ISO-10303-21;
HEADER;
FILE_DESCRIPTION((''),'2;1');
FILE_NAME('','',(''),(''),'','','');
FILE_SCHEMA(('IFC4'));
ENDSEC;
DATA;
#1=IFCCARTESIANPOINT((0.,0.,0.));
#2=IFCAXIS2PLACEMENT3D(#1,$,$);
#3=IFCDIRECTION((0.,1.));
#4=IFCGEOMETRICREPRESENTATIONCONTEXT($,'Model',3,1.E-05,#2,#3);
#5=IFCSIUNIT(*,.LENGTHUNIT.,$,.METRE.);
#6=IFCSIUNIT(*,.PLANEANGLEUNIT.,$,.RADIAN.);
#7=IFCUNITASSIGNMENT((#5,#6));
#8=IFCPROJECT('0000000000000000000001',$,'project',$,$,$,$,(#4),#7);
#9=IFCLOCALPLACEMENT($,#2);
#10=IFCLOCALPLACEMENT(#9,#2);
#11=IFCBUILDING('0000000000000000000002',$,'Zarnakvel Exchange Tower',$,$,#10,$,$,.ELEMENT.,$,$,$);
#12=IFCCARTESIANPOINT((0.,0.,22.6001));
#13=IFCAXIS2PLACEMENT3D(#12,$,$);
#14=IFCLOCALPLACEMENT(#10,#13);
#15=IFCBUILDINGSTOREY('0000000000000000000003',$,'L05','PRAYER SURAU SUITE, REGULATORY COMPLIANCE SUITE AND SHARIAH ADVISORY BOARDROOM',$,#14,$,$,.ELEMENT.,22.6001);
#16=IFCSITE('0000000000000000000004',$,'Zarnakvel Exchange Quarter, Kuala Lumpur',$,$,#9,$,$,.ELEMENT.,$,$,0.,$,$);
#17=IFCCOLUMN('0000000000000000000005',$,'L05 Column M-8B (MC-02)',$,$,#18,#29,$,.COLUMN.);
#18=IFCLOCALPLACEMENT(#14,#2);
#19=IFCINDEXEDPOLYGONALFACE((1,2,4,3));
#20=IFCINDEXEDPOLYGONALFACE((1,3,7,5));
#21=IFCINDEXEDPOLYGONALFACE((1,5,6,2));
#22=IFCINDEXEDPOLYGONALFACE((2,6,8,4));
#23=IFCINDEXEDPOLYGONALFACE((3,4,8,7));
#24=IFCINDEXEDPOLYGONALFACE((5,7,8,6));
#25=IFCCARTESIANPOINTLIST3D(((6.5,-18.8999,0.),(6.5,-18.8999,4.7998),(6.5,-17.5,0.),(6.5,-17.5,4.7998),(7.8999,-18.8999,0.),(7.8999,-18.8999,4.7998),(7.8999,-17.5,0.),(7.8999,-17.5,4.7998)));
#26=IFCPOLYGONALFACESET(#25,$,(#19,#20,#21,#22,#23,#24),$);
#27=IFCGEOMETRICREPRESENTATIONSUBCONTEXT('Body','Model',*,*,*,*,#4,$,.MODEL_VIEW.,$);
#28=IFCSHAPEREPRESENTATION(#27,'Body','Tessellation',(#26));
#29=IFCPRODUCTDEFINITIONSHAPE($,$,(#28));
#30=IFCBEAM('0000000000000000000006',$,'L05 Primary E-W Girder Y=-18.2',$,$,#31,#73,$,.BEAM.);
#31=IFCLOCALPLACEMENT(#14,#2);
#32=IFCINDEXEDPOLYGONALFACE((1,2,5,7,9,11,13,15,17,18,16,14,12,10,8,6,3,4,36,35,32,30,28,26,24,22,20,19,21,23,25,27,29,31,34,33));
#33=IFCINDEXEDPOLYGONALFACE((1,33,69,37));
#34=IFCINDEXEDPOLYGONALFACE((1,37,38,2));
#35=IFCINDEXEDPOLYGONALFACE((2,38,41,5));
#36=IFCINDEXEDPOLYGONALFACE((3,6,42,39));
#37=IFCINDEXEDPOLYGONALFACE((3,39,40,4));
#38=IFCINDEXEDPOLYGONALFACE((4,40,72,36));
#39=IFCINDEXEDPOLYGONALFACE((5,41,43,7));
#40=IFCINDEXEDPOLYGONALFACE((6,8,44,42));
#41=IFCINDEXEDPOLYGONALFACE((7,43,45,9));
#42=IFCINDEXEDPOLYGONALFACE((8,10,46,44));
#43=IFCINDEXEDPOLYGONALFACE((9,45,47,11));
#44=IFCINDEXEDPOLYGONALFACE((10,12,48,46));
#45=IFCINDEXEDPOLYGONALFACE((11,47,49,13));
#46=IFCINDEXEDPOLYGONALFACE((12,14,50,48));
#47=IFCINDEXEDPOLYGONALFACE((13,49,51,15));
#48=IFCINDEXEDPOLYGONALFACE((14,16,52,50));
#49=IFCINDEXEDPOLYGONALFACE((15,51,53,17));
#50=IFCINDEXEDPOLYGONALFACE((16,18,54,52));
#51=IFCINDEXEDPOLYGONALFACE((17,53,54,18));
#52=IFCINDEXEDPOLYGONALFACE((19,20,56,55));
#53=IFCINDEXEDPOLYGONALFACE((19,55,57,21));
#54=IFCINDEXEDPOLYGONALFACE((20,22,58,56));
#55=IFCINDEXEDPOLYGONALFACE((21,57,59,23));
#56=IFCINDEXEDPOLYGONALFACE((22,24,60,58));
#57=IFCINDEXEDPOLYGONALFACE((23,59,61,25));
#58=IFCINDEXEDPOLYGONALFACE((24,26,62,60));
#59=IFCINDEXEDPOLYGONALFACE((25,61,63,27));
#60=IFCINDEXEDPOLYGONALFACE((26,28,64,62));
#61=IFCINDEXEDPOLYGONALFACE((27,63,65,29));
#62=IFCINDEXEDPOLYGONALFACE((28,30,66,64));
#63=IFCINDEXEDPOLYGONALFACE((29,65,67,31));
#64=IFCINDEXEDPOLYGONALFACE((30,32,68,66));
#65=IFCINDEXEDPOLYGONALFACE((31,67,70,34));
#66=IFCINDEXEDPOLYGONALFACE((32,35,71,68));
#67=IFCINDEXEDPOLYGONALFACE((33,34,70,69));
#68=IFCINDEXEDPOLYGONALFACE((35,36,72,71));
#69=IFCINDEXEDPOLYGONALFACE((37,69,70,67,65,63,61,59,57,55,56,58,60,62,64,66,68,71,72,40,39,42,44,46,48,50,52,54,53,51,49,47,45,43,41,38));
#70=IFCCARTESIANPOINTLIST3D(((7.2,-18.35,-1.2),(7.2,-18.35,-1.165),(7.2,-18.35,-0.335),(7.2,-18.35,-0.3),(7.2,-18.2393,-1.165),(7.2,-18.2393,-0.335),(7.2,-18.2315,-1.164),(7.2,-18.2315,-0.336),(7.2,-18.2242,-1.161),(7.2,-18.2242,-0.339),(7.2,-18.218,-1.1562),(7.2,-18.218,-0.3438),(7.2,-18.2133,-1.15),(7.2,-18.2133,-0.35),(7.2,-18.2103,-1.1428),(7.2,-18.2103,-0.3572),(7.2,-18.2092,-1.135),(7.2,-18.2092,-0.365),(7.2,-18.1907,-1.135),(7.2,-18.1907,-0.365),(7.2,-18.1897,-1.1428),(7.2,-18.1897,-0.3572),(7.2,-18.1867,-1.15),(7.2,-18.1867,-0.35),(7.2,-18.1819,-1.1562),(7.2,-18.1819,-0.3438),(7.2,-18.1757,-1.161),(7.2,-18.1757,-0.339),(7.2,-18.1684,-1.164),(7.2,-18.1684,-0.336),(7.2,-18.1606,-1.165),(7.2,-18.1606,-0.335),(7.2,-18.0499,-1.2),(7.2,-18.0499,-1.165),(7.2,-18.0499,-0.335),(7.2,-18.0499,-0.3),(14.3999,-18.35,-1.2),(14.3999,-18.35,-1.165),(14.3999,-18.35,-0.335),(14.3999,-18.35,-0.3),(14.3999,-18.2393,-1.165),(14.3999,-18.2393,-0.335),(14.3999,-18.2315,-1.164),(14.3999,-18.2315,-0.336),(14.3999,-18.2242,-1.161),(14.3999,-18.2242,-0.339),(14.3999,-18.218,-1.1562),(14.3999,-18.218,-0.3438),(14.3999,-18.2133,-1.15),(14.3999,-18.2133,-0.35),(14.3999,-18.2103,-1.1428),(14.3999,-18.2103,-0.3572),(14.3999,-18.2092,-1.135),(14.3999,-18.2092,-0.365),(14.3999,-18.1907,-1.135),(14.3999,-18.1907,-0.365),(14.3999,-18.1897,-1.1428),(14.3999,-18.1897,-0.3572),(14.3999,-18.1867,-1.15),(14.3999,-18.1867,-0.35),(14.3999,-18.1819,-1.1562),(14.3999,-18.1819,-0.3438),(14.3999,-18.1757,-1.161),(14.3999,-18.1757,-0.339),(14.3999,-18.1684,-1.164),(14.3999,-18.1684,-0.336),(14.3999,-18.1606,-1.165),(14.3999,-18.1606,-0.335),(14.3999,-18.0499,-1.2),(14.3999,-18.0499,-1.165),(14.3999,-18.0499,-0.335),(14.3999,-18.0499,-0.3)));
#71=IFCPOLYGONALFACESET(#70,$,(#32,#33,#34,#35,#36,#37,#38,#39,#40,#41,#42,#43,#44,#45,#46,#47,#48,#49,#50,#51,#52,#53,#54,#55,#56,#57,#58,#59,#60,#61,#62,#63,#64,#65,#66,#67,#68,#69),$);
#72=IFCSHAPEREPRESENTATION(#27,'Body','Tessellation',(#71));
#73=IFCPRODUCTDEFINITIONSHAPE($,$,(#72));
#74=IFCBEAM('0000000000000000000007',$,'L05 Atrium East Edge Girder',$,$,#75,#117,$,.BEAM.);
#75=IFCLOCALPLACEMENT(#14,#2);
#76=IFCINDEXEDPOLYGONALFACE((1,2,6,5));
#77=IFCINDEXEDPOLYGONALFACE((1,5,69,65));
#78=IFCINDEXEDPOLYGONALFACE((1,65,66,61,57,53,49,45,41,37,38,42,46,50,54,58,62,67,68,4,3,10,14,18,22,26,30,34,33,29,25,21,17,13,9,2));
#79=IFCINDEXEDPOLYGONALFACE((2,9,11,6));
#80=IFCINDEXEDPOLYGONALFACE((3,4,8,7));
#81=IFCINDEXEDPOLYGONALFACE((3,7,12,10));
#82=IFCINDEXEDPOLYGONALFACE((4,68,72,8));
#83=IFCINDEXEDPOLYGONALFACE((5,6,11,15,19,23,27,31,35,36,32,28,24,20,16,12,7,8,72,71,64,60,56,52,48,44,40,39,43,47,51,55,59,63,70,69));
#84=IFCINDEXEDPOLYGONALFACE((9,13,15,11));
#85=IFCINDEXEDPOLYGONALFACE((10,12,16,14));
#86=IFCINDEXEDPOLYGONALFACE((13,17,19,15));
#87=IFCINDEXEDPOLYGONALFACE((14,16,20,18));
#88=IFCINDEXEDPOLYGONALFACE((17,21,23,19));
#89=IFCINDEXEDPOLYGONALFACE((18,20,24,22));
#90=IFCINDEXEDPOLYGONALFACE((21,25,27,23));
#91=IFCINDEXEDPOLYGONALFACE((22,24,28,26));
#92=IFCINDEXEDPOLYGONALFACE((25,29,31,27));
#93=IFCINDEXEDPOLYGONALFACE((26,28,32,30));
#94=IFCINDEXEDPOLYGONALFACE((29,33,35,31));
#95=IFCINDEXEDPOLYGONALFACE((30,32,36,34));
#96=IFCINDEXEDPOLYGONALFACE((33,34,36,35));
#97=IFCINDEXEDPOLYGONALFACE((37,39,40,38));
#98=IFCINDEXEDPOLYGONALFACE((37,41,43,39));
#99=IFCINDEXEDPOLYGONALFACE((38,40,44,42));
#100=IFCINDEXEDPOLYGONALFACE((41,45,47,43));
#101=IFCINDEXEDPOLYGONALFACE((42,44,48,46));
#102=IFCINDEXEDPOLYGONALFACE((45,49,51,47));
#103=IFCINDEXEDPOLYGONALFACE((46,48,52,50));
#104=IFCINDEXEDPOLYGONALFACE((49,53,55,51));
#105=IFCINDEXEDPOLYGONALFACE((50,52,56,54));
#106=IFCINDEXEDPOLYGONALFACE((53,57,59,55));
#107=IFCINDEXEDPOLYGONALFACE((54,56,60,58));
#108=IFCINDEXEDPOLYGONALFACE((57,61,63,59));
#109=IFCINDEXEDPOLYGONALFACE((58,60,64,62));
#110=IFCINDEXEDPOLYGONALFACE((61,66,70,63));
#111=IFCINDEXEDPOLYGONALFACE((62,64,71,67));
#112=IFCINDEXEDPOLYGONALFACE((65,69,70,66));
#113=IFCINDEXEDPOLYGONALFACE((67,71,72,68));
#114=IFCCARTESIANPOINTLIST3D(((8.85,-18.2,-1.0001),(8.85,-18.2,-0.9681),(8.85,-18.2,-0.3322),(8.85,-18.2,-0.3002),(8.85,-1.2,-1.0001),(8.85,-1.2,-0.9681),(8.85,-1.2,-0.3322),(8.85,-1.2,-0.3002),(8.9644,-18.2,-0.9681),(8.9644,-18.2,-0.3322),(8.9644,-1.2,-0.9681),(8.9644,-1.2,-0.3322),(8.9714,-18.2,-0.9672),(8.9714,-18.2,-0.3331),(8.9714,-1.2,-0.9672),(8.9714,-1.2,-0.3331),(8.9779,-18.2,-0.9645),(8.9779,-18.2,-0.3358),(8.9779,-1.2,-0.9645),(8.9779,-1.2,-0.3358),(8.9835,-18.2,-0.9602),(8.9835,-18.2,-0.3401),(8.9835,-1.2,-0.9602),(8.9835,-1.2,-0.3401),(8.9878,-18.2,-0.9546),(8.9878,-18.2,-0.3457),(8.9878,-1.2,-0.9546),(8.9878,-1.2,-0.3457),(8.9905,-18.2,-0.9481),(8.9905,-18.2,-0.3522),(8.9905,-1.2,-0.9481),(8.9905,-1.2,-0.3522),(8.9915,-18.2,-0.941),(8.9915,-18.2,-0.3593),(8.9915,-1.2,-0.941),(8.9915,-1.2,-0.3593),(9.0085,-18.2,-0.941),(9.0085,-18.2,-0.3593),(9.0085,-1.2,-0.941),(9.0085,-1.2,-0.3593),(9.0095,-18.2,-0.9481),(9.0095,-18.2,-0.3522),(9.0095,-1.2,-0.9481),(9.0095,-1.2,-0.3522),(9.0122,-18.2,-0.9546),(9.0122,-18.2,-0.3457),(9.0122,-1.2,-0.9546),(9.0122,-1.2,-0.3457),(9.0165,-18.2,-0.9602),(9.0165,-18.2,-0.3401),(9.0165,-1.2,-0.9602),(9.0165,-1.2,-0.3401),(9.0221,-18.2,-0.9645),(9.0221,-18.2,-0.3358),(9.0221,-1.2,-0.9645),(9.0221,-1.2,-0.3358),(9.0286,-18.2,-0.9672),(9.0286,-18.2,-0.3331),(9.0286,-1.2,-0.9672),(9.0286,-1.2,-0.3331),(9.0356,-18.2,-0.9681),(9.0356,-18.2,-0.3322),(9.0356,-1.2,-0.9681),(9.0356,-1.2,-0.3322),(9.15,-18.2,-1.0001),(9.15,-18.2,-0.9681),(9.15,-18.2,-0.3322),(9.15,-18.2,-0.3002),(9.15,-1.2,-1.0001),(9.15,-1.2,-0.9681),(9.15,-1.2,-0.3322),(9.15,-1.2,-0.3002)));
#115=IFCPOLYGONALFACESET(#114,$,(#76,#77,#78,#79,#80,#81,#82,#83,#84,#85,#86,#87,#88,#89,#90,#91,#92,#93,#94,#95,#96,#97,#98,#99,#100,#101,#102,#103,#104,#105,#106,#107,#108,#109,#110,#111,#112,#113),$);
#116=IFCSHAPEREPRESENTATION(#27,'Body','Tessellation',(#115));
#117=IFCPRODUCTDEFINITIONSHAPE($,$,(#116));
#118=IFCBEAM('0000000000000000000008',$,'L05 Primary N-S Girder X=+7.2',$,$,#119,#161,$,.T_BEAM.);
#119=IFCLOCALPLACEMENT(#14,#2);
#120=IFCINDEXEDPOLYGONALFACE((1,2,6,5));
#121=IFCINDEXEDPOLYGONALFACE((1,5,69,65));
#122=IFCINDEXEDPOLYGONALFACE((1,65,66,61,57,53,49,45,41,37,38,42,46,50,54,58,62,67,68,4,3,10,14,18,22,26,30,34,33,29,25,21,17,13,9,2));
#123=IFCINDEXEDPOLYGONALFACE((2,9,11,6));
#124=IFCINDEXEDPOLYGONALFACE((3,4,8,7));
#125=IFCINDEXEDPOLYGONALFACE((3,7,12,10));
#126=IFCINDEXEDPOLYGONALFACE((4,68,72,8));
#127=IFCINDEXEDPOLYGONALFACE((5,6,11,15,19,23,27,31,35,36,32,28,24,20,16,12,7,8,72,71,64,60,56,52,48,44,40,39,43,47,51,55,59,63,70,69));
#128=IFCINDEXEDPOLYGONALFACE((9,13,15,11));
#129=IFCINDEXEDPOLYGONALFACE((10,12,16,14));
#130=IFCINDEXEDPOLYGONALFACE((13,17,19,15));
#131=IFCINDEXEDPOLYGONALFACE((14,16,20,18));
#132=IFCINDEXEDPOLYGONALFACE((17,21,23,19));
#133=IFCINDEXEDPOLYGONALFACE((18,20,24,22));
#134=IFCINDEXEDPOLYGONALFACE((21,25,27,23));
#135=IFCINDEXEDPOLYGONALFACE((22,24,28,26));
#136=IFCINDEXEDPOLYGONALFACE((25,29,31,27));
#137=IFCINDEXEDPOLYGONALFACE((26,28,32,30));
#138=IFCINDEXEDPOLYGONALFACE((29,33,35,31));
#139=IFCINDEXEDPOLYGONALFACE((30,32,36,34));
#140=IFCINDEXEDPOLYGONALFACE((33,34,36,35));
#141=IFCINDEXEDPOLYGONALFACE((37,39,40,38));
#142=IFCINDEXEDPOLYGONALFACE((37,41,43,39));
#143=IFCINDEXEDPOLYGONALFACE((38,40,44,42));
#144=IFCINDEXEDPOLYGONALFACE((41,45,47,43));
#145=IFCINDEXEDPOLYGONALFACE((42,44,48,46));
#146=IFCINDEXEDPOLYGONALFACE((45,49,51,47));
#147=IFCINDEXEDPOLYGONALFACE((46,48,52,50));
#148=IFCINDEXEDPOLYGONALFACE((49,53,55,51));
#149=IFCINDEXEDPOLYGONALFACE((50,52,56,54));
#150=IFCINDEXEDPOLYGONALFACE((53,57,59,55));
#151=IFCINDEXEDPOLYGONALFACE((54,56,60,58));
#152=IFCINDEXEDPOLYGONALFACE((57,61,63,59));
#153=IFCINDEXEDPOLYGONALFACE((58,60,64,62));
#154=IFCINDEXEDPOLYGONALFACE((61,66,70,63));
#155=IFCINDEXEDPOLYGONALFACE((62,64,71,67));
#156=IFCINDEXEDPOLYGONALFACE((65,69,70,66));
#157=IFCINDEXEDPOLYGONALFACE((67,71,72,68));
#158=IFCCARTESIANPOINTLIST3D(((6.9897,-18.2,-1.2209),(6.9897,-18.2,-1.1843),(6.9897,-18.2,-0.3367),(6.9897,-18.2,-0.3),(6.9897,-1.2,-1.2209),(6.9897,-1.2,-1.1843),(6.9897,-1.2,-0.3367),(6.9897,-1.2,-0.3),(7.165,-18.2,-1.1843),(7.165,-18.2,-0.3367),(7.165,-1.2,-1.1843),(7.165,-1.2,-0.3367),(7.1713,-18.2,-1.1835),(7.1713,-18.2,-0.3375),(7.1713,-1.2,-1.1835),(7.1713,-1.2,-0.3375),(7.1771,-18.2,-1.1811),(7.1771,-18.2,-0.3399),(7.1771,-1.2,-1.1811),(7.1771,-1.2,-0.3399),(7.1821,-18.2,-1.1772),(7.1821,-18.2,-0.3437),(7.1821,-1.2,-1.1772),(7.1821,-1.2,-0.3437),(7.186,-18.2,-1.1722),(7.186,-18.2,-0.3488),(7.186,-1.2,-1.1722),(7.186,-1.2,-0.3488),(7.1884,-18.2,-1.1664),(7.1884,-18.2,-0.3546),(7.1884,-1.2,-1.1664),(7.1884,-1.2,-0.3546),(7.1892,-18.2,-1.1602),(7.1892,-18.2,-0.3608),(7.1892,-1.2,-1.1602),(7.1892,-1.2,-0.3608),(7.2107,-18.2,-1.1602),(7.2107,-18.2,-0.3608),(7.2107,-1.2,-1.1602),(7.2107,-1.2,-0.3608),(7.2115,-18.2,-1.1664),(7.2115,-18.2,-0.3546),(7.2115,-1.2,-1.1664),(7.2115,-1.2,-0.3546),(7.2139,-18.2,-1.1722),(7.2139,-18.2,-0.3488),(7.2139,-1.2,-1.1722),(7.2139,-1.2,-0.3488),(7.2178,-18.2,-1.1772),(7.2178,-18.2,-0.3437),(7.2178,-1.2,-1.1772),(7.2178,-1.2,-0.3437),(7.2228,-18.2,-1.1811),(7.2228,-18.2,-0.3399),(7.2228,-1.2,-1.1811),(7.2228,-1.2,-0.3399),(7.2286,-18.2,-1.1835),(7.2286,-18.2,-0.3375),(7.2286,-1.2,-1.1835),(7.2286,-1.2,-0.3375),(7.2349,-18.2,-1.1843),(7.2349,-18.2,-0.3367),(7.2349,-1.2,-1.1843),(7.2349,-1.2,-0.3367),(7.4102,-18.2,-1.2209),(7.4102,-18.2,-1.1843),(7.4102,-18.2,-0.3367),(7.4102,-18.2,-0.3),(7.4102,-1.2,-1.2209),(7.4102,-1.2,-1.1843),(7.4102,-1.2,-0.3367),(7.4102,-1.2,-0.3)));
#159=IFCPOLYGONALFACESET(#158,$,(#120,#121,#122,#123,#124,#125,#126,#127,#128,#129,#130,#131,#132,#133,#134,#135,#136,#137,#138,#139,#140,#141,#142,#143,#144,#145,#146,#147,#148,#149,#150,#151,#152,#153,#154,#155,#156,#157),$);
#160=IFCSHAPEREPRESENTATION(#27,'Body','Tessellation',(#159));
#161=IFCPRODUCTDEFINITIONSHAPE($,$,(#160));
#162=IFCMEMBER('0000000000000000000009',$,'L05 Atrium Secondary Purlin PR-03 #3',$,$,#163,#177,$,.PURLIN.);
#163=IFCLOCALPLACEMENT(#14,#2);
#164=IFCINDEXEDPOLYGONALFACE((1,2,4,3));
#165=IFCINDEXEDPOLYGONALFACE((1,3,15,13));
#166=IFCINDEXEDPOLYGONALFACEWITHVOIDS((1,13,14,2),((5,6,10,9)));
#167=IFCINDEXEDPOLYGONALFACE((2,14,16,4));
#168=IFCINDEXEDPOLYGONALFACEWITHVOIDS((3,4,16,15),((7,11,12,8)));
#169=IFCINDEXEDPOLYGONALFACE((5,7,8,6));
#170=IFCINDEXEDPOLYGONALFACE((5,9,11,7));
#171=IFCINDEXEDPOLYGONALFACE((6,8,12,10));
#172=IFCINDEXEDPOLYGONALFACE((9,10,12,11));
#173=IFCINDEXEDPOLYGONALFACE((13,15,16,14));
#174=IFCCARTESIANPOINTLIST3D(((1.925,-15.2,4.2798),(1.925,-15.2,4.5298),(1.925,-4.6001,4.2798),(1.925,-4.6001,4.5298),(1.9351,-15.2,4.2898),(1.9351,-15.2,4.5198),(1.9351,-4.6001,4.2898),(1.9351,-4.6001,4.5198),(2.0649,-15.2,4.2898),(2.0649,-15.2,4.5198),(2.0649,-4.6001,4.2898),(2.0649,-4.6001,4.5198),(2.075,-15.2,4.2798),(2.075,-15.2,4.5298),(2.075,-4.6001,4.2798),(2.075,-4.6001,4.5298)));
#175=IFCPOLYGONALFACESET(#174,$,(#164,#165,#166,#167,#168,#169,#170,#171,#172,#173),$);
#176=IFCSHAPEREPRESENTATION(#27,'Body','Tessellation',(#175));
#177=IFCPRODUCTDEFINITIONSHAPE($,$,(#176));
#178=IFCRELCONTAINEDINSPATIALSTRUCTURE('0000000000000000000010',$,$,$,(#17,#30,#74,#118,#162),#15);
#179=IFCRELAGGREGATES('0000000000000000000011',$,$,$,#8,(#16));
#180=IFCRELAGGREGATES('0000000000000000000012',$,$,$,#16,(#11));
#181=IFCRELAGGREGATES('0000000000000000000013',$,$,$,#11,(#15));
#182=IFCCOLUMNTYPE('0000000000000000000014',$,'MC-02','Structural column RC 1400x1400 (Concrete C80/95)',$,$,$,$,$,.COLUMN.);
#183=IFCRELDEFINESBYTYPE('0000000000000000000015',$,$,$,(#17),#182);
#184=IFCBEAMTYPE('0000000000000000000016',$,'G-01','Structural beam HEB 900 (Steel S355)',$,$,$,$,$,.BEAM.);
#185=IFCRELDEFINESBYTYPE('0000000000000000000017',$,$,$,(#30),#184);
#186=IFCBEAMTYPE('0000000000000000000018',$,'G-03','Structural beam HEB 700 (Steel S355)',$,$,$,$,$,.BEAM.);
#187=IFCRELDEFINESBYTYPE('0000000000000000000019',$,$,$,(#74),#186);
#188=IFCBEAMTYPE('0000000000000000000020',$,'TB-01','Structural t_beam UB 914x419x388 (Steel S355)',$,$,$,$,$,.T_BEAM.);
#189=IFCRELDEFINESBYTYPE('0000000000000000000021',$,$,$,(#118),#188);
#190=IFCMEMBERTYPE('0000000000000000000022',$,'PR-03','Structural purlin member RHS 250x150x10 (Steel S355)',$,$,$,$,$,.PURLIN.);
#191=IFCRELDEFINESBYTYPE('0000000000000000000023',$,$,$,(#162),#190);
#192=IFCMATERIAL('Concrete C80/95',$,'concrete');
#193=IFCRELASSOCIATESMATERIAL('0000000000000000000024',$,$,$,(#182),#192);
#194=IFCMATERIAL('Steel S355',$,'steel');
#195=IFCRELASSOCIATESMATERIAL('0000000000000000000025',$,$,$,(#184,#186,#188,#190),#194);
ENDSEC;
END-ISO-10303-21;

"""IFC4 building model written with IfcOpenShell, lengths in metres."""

from ifc_helpers import new_model, si_unit, direction, frame, origin, origin_2d, place, context, subcontext, project, spatial, rectangle, hollow_rectangle, i_section, extrude, source, transform, mapped, material, material_profile, profile_set, type_object, element, save


model = new_model("IFC4")

# Units and contexts
model_context = context("Model", 3, precision=1e-05, world=origin(), true_north=direction((0.0, 1.0)))
body_context = subcontext(model_context, "Body", "Model", "MODEL_VIEW")
ifc_project = project(units=[si_unit("LENGTHUNIT", "METRE"), si_unit("PLANEANGLEUNIT", "RADIAN")], contexts=[model_context])

# Site, building, storey
site_placement = place(None, origin())
site = spatial("IfcSite", under=ifc_project, at=site_placement, Name="Zarnakvel Exchange Quarter, Kuala Lumpur", CompositionType="ELEMENT", RefElevation=0.0)
building_placement = place(site_placement, origin())
building = spatial("IfcBuilding", under=site, at=building_placement, Name="Zarnakvel Exchange Tower", CompositionType="ELEMENT")
storey_placement = place(building_placement, frame((0.0, 0.0, 22.6001)))
storey = spatial("IfcBuildingStorey", under=building, at=storey_placement, Name="L05", Description="PRAYER SURAU SUITE, REGULATORY COMPLIANCE SUITE AND SHARIAH ADVISORY BOARDROOM", CompositionType="ELEMENT", Elevation=22.6001)

# Column
ifc_material_1 = material(Name="Concrete C80/95", Category="concrete")
ifc_material_profile_1 = material_profile(ifc_material_1, rectangle(XDim=1.3999, YDim=1.3999, at=origin_2d()))
ifc_profile_set_1 = profile_set([ifc_material_profile_1], Name="Concrete C80/95")
column_type = type_object("IfcColumnType", Name="MC-02", Description="Structural column RC 1400x1400 (Concrete C80/95)", PredefinedType="COLUMN", material=ifc_profile_set_1)
column_placement = place(storey_placement, frame((7.2, -18.2, 0.0), z_axis=(0.0, 0.0, 1.0), x_axis=(1.0, 0.0, 0.0)))
element("IfcColumn", 1, at=column_placement, inside=storey, type_object=column_type, Name="L05 Column M-8B (MC-02)", PredefinedType="COLUMN", context=body_context, shape_type="SweptSolid", body=[
    extrude(rectangle(XDim=1.3999, YDim=1.3999, at=origin_2d()), origin(), (0.0, 0.0, 1.0), 4.7998),
])

# Beams
ifc_material_2 = material(Name="Steel S355", Category="steel")
ifc_material_profile_2 = material_profile(ifc_material_2, i_section(OverallWidth=0.3, OverallDepth=0.8999, WebThickness=0.0186, FlangeThickness=0.0349, FilletRadius=0.03, at=origin_2d()))
ifc_profile_set_2 = profile_set([ifc_material_profile_2], Name="Steel S355")
beam_type_1 = type_object("IfcBeamType", Name="G-01", Description="Structural beam HEB 900 (Steel S355)", PredefinedType="BEAM", material=ifc_profile_set_2)
beam_1_placement = place(storey_placement, frame((7.2, -18.2, -0.75), z_axis=(1.0, 0.0, 0.0), x_axis=(0.0, 1.0, 0.0)))
element("IfcBeam", 2, at=beam_1_placement, inside=storey, type_object=beam_type_1, Name="L05 Primary E-W Girder Y=-18.2", PredefinedType="BEAM", context=body_context, shape_type="SweptSolid", body=[
    extrude(i_section(OverallWidth=0.3, OverallDepth=0.8999, WebThickness=0.0186, FlangeThickness=0.0349, FilletRadius=0.03, at=origin_2d()), origin(), (0.0, 0.0, 1.0), 7.2),
])
ifc_material_profile_3 = material_profile(ifc_material_2, i_section(OverallWidth=0.3, OverallDepth=0.7, WebThickness=0.0171, FlangeThickness=0.032, FilletRadius=0.0271, at=origin_2d()))
ifc_profile_set_3 = profile_set([ifc_material_profile_3], Name="Steel S355")
beam_type_2 = type_object("IfcBeamType", Name="G-03", Description="Structural beam HEB 700 (Steel S355)", PredefinedType="BEAM", material=ifc_profile_set_3)
beam_2_placement = place(storey_placement, frame((9.0, -18.2, -0.6501), z_axis=(0.0, 1.0, 0.0), x_axis=(-1.0, 0.0, 0.0)))
element("IfcBeam", 3, at=beam_2_placement, inside=storey, type_object=beam_type_2, Name="L05 Atrium East Edge Girder", PredefinedType="BEAM", context=body_context, shape_type="SweptSolid", body=[
    extrude(i_section(OverallWidth=0.3, OverallDepth=0.7, WebThickness=0.0171, FlangeThickness=0.032, FilletRadius=0.0271, at=origin_2d()), origin(), (0.0, 0.0, 1.0), 17.0),
])
ifc_material_profile_4 = material_profile(ifc_material_2, i_section(OverallWidth=0.4204, OverallDepth=0.9209, WebThickness=0.0215, FlangeThickness=0.0366, FilletRadius=0.0242, at=origin_2d()))
ifc_profile_set_4 = profile_set([ifc_material_profile_4], Name="Steel S355")
beam_type_3 = type_object("IfcBeamType", Name="TB-01", Description="Structural t_beam UB 914x419x388 (Steel S355)", PredefinedType="T_BEAM", material=ifc_profile_set_4)
beam_3_placement = place(storey_placement, frame((7.2, -18.2, -0.7605), z_axis=(0.0, 1.0, 0.0), x_axis=(-1.0, 0.0, 0.0)))
element("IfcBeam", 4, at=beam_3_placement, inside=storey, type_object=beam_type_3, Name="L05 Primary N-S Girder X=+7.2", PredefinedType="T_BEAM", context=body_context, shape_type="SweptSolid", body=[
    extrude(i_section(OverallWidth=0.4204, OverallDepth=0.9209, WebThickness=0.0215, FlangeThickness=0.0366, FilletRadius=0.0242, at=origin_2d()), origin(), (0.0, 0.0, 1.0), 17.0),
])

# Member
ifc_material_profile_5 = material_profile(ifc_material_2, hollow_rectangle(XDim=0.1499, YDim=0.25, WallThickness=0.01, at=origin_2d()))
ifc_profile_set_5 = profile_set([ifc_material_profile_5], Name="Steel S355")
member_type_1 = type_object("IfcMemberType", Name="PR-03", Description="Structural purlin member RHS 250x150x10 (Steel S355)", PredefinedType="PURLIN", material=ifc_profile_set_5)
shared_shape_1 = source(origin(), body_context, "Body", "SweptSolid", [
    extrude(hollow_rectangle(XDim=0.1499, YDim=0.25, WallThickness=0.01, at=origin_2d()), origin(), (0.0, 0.0, 1.0), 10.5999),
])
for number, where, z_axis, x_axis, name in (
    (5, (2.0, -15.2, 4.4048), (0.0, 1.0, 0.0), (-1.0, 0.0, 0.0), "L05 Atrium Secondary Purlin PR-03 #3"),
):
    element("IfcMember", number, at=place(storey_placement, frame(where, z_axis=z_axis, x_axis=x_axis)), inside=storey, type_object=member_type_1, Name=name, PredefinedType="PURLIN", context=body_context, shape_type="MappedRepresentation", body=[
        mapped(shared_shape_1, transform((0.0, 0.0, 0.0), x_axis=(1.0, 0.0, 0.0), y_axis=(0.0, 1.0, 0.0), z_axis=(0.0, 0.0, 1.0), scale=1.0)),
    ])

save(model, "model.ifc")
